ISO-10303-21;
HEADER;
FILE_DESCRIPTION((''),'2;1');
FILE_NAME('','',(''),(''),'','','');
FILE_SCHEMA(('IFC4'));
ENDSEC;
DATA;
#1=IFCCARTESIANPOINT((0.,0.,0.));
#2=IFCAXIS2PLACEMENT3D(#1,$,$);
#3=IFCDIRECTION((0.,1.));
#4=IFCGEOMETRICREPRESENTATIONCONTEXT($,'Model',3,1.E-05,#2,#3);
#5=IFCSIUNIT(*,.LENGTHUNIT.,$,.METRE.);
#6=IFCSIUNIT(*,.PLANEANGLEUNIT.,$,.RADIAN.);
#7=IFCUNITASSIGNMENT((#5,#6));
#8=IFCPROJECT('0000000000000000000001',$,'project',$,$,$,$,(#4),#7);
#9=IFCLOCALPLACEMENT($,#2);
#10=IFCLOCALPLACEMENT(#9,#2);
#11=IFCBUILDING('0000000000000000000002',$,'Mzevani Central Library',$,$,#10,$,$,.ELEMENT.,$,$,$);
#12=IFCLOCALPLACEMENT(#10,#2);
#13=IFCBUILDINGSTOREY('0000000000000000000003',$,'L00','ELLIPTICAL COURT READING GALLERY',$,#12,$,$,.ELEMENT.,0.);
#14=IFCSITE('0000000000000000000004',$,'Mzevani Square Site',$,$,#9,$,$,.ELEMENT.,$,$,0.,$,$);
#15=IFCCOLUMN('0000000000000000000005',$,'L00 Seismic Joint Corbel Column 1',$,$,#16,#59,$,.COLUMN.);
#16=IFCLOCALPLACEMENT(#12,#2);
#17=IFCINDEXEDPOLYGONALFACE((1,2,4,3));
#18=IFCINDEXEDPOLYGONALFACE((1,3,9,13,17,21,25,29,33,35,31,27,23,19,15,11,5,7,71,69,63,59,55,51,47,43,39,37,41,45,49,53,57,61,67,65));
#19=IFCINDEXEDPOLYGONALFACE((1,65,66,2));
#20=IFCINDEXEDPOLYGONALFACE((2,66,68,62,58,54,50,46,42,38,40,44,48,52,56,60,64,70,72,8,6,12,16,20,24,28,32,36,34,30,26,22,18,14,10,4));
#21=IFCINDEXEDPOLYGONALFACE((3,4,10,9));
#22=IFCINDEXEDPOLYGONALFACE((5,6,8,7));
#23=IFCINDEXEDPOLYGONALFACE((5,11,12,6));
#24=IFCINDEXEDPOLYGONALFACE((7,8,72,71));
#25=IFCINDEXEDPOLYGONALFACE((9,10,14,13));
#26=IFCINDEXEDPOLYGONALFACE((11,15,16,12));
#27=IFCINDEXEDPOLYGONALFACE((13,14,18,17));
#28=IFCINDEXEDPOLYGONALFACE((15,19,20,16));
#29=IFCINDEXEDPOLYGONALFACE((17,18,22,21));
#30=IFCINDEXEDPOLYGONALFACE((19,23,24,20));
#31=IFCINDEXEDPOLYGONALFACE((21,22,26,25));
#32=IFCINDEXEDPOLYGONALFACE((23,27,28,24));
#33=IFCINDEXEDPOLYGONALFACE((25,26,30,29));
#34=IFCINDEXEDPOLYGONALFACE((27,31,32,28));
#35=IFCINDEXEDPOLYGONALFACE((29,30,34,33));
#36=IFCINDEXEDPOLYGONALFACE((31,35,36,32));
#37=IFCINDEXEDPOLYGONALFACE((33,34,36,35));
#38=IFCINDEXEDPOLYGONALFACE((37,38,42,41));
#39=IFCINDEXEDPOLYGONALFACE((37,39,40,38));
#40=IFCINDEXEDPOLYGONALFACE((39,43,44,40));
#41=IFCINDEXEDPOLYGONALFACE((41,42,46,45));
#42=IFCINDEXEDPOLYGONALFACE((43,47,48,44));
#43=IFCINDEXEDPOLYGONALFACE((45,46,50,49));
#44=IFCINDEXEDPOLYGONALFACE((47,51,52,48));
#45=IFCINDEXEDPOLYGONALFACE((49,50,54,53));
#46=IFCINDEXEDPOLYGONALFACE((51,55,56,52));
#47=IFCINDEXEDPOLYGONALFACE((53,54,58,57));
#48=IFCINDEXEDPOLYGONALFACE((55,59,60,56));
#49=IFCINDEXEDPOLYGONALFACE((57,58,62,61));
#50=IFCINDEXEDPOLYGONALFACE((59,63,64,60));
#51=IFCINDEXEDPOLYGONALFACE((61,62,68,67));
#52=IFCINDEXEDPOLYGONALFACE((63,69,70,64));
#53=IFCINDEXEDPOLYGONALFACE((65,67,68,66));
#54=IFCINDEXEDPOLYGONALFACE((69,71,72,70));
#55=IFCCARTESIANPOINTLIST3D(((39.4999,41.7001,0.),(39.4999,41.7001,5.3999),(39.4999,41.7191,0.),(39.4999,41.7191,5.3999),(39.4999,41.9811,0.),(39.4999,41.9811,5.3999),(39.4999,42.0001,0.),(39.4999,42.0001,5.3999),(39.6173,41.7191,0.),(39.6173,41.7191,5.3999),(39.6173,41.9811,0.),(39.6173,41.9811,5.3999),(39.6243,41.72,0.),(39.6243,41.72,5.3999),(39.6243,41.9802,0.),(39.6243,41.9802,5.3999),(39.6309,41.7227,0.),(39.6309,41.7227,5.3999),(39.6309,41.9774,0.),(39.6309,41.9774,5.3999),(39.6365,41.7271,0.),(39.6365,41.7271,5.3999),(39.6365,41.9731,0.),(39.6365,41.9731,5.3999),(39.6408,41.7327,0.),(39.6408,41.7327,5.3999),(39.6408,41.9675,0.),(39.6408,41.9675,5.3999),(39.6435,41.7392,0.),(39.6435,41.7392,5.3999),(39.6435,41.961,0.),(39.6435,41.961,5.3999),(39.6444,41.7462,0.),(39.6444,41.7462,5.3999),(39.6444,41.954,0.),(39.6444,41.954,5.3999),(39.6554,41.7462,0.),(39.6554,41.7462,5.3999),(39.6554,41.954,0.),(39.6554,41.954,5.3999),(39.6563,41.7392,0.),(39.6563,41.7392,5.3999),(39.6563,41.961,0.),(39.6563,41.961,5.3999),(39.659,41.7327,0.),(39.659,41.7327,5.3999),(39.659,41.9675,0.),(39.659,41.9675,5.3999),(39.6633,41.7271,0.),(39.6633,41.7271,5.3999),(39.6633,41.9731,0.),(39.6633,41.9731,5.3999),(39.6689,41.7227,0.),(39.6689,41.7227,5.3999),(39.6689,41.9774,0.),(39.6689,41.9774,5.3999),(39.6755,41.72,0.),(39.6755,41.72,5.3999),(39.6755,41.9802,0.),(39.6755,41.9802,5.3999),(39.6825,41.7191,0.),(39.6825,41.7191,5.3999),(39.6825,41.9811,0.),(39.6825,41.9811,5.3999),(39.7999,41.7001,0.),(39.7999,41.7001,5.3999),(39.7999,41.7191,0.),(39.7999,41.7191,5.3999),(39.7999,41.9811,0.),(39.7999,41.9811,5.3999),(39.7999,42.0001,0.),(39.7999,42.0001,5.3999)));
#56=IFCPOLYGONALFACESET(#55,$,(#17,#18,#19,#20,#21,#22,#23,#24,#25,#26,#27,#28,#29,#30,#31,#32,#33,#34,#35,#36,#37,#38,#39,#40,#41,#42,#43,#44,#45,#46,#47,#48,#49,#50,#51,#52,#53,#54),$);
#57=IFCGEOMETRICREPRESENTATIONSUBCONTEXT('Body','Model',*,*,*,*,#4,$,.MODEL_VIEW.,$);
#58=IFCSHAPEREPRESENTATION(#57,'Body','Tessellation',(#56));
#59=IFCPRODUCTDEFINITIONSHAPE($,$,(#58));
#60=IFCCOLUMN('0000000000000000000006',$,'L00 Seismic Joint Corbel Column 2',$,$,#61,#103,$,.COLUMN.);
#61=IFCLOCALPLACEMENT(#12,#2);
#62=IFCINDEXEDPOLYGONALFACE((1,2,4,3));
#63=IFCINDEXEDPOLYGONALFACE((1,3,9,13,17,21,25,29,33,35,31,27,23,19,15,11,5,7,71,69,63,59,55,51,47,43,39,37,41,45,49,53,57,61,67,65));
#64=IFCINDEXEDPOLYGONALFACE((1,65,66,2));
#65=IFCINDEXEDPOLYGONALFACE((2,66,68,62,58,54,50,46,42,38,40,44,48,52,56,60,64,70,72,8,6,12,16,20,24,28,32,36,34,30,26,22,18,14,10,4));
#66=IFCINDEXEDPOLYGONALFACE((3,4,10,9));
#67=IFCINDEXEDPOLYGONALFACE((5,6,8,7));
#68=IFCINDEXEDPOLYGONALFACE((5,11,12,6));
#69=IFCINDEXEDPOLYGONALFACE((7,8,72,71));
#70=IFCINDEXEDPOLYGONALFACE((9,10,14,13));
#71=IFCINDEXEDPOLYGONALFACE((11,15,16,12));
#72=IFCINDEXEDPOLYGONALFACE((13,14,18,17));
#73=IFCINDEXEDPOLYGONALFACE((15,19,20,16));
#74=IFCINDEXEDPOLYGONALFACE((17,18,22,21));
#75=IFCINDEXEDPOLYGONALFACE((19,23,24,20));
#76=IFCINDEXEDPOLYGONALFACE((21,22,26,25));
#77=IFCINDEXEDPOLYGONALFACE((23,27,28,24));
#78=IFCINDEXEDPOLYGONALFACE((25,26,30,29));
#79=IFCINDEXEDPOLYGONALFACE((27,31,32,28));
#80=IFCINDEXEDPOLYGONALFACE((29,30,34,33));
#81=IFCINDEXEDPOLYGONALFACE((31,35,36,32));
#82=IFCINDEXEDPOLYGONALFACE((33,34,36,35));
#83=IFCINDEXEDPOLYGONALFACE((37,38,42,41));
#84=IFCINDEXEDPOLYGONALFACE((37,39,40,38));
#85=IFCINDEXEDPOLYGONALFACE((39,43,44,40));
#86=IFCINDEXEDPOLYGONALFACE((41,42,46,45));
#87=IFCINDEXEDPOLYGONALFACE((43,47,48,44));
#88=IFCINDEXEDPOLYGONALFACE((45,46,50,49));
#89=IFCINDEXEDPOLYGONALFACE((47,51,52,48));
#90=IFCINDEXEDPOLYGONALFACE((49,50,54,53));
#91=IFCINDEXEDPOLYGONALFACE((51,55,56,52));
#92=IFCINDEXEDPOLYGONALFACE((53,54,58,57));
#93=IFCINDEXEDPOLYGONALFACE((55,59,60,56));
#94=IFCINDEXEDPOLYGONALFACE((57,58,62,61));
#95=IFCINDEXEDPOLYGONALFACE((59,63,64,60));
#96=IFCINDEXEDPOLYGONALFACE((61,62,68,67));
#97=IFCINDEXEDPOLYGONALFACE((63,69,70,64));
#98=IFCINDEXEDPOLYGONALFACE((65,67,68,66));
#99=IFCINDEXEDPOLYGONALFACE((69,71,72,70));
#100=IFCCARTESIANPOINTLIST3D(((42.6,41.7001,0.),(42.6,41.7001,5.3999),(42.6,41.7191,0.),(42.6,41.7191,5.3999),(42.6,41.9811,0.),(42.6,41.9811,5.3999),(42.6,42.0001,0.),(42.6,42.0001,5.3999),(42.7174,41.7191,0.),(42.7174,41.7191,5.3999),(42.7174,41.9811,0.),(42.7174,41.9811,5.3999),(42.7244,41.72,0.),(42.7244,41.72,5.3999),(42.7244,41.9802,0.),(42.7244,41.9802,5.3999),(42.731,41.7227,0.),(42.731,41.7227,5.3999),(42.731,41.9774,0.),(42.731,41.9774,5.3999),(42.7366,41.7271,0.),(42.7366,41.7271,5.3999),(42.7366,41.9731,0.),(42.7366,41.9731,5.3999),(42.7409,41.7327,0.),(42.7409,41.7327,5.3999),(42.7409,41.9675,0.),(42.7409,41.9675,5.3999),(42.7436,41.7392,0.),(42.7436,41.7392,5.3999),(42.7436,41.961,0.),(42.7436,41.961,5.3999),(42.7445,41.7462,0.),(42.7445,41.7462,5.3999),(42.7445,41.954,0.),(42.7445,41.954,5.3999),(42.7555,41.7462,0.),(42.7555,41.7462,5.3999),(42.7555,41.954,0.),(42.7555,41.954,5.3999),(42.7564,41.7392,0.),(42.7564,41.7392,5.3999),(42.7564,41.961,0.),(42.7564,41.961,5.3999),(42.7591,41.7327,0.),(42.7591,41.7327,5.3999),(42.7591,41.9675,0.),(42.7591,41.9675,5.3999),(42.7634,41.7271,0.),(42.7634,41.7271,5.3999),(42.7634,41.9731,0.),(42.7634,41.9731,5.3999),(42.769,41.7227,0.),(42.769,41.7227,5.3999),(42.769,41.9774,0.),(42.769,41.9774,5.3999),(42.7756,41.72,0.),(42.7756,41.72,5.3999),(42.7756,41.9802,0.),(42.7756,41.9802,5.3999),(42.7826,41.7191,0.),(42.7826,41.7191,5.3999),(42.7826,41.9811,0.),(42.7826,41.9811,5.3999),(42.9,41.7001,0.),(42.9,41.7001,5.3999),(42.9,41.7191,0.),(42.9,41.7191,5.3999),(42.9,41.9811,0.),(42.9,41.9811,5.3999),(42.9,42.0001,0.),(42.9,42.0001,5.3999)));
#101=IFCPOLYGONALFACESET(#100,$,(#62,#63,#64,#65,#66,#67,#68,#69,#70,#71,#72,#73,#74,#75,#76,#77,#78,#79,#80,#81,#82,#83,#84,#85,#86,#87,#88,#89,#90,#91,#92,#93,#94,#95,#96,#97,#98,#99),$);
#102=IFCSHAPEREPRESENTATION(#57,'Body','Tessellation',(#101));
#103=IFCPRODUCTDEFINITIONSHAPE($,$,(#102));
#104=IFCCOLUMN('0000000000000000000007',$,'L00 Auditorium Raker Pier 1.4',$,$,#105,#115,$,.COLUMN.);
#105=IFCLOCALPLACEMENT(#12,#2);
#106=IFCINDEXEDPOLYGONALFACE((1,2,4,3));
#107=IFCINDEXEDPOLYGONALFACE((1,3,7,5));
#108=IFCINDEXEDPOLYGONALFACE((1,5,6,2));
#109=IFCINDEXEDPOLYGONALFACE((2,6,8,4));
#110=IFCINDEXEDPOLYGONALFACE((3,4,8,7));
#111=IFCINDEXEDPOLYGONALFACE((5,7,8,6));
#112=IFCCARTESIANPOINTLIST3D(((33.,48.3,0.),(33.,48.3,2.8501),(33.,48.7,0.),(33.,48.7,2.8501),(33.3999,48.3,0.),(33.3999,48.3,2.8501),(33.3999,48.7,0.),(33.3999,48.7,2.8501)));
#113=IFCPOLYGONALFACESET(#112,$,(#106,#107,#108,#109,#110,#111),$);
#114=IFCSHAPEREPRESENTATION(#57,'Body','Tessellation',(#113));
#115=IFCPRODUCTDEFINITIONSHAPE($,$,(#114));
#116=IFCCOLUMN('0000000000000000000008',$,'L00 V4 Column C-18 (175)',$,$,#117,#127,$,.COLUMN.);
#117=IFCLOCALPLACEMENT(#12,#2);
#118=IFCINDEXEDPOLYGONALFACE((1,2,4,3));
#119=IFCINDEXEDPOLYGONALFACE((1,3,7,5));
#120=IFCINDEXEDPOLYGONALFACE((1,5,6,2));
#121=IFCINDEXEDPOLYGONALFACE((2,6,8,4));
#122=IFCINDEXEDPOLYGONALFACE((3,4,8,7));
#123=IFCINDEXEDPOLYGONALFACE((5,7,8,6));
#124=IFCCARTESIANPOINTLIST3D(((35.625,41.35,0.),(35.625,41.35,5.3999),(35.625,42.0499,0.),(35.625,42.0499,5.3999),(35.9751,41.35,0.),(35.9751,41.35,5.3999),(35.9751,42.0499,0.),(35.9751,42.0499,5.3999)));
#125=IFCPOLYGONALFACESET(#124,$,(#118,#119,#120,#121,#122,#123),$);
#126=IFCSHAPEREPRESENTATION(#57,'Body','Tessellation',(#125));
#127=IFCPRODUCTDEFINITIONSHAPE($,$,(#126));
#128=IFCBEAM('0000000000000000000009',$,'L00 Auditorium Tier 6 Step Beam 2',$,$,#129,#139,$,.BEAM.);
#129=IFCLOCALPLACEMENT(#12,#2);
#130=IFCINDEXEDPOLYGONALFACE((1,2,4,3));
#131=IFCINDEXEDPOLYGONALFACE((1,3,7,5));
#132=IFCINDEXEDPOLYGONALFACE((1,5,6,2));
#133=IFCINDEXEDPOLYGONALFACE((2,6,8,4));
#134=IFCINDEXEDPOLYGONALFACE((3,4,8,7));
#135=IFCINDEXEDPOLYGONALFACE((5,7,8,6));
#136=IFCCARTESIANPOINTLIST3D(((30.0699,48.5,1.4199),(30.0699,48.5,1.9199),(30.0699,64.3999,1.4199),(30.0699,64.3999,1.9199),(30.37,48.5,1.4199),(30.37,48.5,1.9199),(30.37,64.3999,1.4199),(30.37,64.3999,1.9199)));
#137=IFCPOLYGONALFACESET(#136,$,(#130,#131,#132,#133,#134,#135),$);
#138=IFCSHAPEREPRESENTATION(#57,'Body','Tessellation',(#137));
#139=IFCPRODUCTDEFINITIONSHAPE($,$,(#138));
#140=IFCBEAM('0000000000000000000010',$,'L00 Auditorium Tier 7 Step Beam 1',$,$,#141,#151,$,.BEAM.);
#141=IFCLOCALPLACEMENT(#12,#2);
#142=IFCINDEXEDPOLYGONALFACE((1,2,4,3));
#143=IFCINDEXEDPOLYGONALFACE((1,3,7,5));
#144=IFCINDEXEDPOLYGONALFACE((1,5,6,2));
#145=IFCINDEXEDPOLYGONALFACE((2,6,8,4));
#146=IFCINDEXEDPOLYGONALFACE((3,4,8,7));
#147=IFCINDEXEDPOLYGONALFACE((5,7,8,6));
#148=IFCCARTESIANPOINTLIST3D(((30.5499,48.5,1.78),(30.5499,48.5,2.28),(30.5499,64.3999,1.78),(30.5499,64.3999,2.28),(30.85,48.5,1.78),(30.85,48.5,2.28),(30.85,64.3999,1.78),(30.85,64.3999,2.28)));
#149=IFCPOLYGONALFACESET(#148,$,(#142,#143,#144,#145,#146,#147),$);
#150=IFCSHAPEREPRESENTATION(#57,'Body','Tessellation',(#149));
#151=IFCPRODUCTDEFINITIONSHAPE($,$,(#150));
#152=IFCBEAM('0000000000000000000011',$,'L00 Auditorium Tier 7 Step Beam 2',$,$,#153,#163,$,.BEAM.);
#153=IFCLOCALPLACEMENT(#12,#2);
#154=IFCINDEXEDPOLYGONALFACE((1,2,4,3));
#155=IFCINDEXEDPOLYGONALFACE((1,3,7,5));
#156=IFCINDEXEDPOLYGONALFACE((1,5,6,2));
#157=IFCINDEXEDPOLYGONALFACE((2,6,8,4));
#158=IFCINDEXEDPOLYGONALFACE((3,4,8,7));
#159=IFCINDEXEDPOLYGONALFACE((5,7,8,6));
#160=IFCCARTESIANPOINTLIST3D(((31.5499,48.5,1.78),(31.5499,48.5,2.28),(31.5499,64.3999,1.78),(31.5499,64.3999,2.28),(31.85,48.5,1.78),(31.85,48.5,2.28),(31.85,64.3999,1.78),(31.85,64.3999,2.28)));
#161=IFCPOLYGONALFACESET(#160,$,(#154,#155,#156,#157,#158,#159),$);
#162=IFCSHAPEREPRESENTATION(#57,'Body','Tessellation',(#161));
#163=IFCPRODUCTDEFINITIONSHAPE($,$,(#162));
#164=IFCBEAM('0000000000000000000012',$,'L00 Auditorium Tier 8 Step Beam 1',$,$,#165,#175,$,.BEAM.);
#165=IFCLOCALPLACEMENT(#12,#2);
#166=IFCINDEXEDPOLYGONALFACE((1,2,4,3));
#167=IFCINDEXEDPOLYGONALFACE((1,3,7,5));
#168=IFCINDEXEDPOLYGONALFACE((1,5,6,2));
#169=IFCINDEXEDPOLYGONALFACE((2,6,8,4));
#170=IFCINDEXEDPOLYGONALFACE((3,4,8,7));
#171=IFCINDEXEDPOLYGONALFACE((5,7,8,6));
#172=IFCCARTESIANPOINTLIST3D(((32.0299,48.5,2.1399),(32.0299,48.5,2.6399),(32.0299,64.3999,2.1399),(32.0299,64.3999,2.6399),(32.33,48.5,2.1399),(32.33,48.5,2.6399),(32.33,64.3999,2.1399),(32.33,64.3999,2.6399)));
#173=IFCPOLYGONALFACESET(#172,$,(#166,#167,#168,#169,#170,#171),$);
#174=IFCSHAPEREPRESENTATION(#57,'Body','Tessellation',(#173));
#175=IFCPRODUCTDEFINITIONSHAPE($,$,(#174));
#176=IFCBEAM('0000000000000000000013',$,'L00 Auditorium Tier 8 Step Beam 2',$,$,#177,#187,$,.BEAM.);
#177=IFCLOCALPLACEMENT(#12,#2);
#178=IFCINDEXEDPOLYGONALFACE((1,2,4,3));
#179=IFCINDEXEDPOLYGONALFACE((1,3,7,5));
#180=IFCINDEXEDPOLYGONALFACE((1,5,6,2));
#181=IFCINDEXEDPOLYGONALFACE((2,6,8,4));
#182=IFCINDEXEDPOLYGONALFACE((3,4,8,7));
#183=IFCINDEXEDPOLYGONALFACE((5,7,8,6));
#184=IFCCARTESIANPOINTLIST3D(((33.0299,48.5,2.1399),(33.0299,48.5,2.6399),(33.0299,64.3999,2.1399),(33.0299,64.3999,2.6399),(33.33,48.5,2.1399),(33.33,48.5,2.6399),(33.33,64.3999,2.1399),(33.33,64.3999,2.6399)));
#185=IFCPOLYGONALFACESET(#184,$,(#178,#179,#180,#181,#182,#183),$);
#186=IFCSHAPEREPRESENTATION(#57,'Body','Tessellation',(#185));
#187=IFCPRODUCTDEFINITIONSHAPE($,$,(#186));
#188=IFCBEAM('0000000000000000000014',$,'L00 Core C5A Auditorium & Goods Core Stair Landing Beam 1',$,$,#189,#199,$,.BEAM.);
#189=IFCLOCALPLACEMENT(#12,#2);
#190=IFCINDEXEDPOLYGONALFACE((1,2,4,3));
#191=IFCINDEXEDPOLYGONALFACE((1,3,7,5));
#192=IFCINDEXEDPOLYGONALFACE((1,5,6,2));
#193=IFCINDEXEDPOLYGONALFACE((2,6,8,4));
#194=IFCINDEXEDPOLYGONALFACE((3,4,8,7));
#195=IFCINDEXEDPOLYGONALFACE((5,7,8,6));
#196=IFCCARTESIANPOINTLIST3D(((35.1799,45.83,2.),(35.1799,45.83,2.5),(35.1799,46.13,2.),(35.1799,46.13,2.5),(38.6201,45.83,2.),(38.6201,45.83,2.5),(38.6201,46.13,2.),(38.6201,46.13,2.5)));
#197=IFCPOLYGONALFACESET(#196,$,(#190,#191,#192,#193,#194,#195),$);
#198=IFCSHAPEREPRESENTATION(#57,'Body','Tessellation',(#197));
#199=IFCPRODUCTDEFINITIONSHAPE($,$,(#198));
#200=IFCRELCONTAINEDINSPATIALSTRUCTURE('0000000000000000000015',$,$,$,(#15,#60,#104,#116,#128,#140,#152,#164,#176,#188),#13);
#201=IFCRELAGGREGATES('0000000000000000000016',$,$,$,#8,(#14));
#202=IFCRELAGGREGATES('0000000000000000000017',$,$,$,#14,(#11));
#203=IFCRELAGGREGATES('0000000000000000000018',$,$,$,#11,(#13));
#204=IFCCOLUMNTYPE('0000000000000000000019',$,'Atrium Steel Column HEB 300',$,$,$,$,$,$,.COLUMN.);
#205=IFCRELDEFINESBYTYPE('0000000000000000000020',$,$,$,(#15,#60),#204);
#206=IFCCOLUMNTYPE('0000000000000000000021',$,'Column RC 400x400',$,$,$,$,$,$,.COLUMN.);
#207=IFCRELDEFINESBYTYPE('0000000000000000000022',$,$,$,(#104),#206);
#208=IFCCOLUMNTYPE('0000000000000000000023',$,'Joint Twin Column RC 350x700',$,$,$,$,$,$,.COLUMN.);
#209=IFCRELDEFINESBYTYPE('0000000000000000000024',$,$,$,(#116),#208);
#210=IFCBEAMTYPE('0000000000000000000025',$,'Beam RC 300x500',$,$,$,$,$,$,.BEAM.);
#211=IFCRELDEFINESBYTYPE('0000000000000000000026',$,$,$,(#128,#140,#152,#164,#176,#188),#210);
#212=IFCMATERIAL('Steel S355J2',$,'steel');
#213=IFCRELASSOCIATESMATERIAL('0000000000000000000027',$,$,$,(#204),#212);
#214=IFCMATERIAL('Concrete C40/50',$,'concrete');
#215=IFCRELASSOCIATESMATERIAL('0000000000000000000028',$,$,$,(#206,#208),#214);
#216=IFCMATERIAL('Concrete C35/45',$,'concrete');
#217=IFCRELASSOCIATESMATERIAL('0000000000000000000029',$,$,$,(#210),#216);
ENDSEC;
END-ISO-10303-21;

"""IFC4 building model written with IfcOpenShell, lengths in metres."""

from ifc_helpers import new_model, si_unit, direction, frame, origin, origin_2d, place, context, subcontext, project, spatial, rectangle, i_section, extrude, material, material_profile, profile_set, type_object, element, save


model = new_model("IFC4")

# Units and contexts
model_context = context("Model", 3, precision=1e-05, world=origin(), true_north=direction((0.0, 1.0)))
body_context = subcontext(model_context, "Body", "Model", "MODEL_VIEW")
ifc_project = project(units=[si_unit("LENGTHUNIT", "METRE"), si_unit("PLANEANGLEUNIT", "RADIAN")], contexts=[model_context])

# Site, building, storey
site_placement = place(None, origin())
site = spatial("IfcSite", under=ifc_project, at=site_placement, Name="Mzevani Square Site", CompositionType="ELEMENT", RefElevation=0.0)
building_placement = place(site_placement, origin())
building = spatial("IfcBuilding", under=site, at=building_placement, Name="Mzevani Central Library", CompositionType="ELEMENT")
storey_placement = place(building_placement, origin())
storey = spatial("IfcBuildingStorey", under=building, at=storey_placement, Name="L00", Description="ELLIPTICAL COURT READING GALLERY", CompositionType="ELEMENT", Elevation=0.0)

# Columns
ifc_material_1 = material(Name="Steel S355J2", Category="steel")
ifc_material_profile_1 = material_profile(ifc_material_1, i_section(OverallWidth=0.3, OverallDepth=0.3, WebThickness=0.011, FlangeThickness=0.019, FilletRadius=0.0271, at=origin_2d()), Name="HEB 300")
ifc_profile_set_1 = profile_set([ifc_material_profile_1], Name="Steel S355J2")
column_type_1 = type_object("IfcColumnType", Name="Atrium Steel Column HEB 300", PredefinedType="COLUMN", material=ifc_profile_set_1)
for number, where, z_axis, x_axis, name in (
    (1, (39.6499, 41.8501, 0.0), (0.0, 0.0, 1.0), (1.0, 0.0, 0.0), "L00 Seismic Joint Corbel Column 1"),
    (2, (42.75, 41.8501, 0.0), (0.0, 0.0, 1.0), (1.0, 0.0, 0.0), "L00 Seismic Joint Corbel Column 2"),
):
    element("IfcColumn", number, at=place(storey_placement, frame(where, z_axis=z_axis, x_axis=x_axis)), inside=storey, type_object=column_type_1, Name=name, PredefinedType="COLUMN", context=body_context, shape_type="SweptSolid", body=[
        extrude(i_section(OverallWidth=0.3, OverallDepth=0.3, WebThickness=0.011, FlangeThickness=0.019, FilletRadius=0.0271, at=origin_2d()), origin(), (0.0, 0.0, 1.0), 5.3999),
    ])
ifc_material_2 = material(Name="Concrete C40/50", Category="concrete")
ifc_material_profile_2 = material_profile(ifc_material_2, rectangle(XDim=0.3999, YDim=0.3999, at=origin_2d()), Name="RC 400x400")
ifc_profile_set_2 = profile_set([ifc_material_profile_2], Name="Concrete C40/50")
column_type_2 = type_object("IfcColumnType", Name="Column RC 400x400", PredefinedType="COLUMN", material=ifc_profile_set_2)
column_1_placement = place(storey_placement, frame((33.2, 48.5, 0.0), z_axis=(0.0, 0.0, 1.0), x_axis=(1.0, 0.0, 0.0)))
element("IfcColumn", 3, at=column_1_placement, inside=storey, type_object=column_type_2, Name="L00 Auditorium Raker Pier 1.4", PredefinedType="COLUMN", context=body_context, shape_type="SweptSolid", body=[
    extrude(rectangle(XDim=0.3999, YDim=0.3999, at=origin_2d()), origin(), (0.0, 0.0, 1.0), 2.8501),
])
ifc_material_profile_3 = material_profile(ifc_material_2, rectangle(XDim=0.3501, YDim=0.7, at=origin_2d()), Name="RC 350x700")
ifc_profile_set_3 = profile_set([ifc_material_profile_3], Name="Concrete C40/50")
column_type_3 = type_object("IfcColumnType", Name="Joint Twin Column RC 350x700", PredefinedType="COLUMN", material=ifc_profile_set_3)
column_2_placement = place(storey_placement, frame((35.8, 41.7, 0.0), z_axis=(0.0, 0.0, 1.0), x_axis=(1.0, 0.0, 0.0)))
element("IfcColumn", 4, at=column_2_placement, inside=storey, type_object=column_type_3, Name="L00 V4 Column C-18 (175)", PredefinedType="COLUMN", context=body_context, shape_type="SweptSolid", body=[
    extrude(rectangle(XDim=0.3501, YDim=0.7, at=origin_2d()), origin(), (0.0, 0.0, 1.0), 5.3999),
])

# Beams
ifc_material_3 = material(Name="Concrete C35/45", Category="concrete")
ifc_material_profile_4 = material_profile(ifc_material_3, rectangle(XDim=0.3, YDim=0.5, at=origin_2d()), Name="RC B300x500")
ifc_profile_set_4 = profile_set([ifc_material_profile_4], Name="Concrete C35/45")
beam_type_1 = type_object("IfcBeamType", Name="Beam RC 300x500", PredefinedType="BEAM", material=ifc_profile_set_4)
for number, where, z_axis, x_axis, name in (
    (5, (30.22, 48.5, 1.6699), (0.0, 1.0, 0.0), (-1.0, 0.0, 0.0), "L00 Auditorium Tier 6 Step Beam 2"),
    (6, (30.7, 48.5, 2.03), (0.0, 1.0, 0.0), (-1.0, 0.0, 0.0), "L00 Auditorium Tier 7 Step Beam 1"),
    (7, (31.7, 48.5, 2.03), (0.0, 1.0, 0.0), (-1.0, 0.0, 0.0), "L00 Auditorium Tier 7 Step Beam 2"),
    (8, (32.1799, 48.5, 2.3899), (0.0, 1.0, 0.0), (-1.0, 0.0, 0.0), "L00 Auditorium Tier 8 Step Beam 1"),
    (9, (33.1799, 48.5, 2.3899), (0.0, 1.0, 0.0), (-1.0, 0.0, 0.0), "L00 Auditorium Tier 8 Step Beam 2"),
):
    element("IfcBeam", number, at=place(storey_placement, frame(where, z_axis=z_axis, x_axis=x_axis)), inside=storey, type_object=beam_type_1, Name=name, PredefinedType="BEAM", context=body_context, shape_type="SweptSolid", body=[
        extrude(rectangle(XDim=0.3, YDim=0.5, at=origin_2d()), origin(), (0.0, 0.0, 1.0), 15.8999),
    ])
for number, where, z_axis, x_axis, name in (
    (10, (35.1799, 45.98, 2.25), (1.0, 0.0, 0.0), (0.0, 1.0, 0.0), "L00 Core C5A Auditorium & Goods Core Stair Landing Beam 1"),
):
    element("IfcBeam", number, at=place(storey_placement, frame(where, z_axis=z_axis, x_axis=x_axis)), inside=storey, type_object=beam_type_1, Name=name, PredefinedType="BEAM", context=body_context, shape_type="SweptSolid", body=[
        extrude(rectangle(XDim=0.3, YDim=0.5, at=origin_2d()), origin(), (0.0, 0.0, 1.0), 3.4402),
    ])

save(model, "model.ifc")
